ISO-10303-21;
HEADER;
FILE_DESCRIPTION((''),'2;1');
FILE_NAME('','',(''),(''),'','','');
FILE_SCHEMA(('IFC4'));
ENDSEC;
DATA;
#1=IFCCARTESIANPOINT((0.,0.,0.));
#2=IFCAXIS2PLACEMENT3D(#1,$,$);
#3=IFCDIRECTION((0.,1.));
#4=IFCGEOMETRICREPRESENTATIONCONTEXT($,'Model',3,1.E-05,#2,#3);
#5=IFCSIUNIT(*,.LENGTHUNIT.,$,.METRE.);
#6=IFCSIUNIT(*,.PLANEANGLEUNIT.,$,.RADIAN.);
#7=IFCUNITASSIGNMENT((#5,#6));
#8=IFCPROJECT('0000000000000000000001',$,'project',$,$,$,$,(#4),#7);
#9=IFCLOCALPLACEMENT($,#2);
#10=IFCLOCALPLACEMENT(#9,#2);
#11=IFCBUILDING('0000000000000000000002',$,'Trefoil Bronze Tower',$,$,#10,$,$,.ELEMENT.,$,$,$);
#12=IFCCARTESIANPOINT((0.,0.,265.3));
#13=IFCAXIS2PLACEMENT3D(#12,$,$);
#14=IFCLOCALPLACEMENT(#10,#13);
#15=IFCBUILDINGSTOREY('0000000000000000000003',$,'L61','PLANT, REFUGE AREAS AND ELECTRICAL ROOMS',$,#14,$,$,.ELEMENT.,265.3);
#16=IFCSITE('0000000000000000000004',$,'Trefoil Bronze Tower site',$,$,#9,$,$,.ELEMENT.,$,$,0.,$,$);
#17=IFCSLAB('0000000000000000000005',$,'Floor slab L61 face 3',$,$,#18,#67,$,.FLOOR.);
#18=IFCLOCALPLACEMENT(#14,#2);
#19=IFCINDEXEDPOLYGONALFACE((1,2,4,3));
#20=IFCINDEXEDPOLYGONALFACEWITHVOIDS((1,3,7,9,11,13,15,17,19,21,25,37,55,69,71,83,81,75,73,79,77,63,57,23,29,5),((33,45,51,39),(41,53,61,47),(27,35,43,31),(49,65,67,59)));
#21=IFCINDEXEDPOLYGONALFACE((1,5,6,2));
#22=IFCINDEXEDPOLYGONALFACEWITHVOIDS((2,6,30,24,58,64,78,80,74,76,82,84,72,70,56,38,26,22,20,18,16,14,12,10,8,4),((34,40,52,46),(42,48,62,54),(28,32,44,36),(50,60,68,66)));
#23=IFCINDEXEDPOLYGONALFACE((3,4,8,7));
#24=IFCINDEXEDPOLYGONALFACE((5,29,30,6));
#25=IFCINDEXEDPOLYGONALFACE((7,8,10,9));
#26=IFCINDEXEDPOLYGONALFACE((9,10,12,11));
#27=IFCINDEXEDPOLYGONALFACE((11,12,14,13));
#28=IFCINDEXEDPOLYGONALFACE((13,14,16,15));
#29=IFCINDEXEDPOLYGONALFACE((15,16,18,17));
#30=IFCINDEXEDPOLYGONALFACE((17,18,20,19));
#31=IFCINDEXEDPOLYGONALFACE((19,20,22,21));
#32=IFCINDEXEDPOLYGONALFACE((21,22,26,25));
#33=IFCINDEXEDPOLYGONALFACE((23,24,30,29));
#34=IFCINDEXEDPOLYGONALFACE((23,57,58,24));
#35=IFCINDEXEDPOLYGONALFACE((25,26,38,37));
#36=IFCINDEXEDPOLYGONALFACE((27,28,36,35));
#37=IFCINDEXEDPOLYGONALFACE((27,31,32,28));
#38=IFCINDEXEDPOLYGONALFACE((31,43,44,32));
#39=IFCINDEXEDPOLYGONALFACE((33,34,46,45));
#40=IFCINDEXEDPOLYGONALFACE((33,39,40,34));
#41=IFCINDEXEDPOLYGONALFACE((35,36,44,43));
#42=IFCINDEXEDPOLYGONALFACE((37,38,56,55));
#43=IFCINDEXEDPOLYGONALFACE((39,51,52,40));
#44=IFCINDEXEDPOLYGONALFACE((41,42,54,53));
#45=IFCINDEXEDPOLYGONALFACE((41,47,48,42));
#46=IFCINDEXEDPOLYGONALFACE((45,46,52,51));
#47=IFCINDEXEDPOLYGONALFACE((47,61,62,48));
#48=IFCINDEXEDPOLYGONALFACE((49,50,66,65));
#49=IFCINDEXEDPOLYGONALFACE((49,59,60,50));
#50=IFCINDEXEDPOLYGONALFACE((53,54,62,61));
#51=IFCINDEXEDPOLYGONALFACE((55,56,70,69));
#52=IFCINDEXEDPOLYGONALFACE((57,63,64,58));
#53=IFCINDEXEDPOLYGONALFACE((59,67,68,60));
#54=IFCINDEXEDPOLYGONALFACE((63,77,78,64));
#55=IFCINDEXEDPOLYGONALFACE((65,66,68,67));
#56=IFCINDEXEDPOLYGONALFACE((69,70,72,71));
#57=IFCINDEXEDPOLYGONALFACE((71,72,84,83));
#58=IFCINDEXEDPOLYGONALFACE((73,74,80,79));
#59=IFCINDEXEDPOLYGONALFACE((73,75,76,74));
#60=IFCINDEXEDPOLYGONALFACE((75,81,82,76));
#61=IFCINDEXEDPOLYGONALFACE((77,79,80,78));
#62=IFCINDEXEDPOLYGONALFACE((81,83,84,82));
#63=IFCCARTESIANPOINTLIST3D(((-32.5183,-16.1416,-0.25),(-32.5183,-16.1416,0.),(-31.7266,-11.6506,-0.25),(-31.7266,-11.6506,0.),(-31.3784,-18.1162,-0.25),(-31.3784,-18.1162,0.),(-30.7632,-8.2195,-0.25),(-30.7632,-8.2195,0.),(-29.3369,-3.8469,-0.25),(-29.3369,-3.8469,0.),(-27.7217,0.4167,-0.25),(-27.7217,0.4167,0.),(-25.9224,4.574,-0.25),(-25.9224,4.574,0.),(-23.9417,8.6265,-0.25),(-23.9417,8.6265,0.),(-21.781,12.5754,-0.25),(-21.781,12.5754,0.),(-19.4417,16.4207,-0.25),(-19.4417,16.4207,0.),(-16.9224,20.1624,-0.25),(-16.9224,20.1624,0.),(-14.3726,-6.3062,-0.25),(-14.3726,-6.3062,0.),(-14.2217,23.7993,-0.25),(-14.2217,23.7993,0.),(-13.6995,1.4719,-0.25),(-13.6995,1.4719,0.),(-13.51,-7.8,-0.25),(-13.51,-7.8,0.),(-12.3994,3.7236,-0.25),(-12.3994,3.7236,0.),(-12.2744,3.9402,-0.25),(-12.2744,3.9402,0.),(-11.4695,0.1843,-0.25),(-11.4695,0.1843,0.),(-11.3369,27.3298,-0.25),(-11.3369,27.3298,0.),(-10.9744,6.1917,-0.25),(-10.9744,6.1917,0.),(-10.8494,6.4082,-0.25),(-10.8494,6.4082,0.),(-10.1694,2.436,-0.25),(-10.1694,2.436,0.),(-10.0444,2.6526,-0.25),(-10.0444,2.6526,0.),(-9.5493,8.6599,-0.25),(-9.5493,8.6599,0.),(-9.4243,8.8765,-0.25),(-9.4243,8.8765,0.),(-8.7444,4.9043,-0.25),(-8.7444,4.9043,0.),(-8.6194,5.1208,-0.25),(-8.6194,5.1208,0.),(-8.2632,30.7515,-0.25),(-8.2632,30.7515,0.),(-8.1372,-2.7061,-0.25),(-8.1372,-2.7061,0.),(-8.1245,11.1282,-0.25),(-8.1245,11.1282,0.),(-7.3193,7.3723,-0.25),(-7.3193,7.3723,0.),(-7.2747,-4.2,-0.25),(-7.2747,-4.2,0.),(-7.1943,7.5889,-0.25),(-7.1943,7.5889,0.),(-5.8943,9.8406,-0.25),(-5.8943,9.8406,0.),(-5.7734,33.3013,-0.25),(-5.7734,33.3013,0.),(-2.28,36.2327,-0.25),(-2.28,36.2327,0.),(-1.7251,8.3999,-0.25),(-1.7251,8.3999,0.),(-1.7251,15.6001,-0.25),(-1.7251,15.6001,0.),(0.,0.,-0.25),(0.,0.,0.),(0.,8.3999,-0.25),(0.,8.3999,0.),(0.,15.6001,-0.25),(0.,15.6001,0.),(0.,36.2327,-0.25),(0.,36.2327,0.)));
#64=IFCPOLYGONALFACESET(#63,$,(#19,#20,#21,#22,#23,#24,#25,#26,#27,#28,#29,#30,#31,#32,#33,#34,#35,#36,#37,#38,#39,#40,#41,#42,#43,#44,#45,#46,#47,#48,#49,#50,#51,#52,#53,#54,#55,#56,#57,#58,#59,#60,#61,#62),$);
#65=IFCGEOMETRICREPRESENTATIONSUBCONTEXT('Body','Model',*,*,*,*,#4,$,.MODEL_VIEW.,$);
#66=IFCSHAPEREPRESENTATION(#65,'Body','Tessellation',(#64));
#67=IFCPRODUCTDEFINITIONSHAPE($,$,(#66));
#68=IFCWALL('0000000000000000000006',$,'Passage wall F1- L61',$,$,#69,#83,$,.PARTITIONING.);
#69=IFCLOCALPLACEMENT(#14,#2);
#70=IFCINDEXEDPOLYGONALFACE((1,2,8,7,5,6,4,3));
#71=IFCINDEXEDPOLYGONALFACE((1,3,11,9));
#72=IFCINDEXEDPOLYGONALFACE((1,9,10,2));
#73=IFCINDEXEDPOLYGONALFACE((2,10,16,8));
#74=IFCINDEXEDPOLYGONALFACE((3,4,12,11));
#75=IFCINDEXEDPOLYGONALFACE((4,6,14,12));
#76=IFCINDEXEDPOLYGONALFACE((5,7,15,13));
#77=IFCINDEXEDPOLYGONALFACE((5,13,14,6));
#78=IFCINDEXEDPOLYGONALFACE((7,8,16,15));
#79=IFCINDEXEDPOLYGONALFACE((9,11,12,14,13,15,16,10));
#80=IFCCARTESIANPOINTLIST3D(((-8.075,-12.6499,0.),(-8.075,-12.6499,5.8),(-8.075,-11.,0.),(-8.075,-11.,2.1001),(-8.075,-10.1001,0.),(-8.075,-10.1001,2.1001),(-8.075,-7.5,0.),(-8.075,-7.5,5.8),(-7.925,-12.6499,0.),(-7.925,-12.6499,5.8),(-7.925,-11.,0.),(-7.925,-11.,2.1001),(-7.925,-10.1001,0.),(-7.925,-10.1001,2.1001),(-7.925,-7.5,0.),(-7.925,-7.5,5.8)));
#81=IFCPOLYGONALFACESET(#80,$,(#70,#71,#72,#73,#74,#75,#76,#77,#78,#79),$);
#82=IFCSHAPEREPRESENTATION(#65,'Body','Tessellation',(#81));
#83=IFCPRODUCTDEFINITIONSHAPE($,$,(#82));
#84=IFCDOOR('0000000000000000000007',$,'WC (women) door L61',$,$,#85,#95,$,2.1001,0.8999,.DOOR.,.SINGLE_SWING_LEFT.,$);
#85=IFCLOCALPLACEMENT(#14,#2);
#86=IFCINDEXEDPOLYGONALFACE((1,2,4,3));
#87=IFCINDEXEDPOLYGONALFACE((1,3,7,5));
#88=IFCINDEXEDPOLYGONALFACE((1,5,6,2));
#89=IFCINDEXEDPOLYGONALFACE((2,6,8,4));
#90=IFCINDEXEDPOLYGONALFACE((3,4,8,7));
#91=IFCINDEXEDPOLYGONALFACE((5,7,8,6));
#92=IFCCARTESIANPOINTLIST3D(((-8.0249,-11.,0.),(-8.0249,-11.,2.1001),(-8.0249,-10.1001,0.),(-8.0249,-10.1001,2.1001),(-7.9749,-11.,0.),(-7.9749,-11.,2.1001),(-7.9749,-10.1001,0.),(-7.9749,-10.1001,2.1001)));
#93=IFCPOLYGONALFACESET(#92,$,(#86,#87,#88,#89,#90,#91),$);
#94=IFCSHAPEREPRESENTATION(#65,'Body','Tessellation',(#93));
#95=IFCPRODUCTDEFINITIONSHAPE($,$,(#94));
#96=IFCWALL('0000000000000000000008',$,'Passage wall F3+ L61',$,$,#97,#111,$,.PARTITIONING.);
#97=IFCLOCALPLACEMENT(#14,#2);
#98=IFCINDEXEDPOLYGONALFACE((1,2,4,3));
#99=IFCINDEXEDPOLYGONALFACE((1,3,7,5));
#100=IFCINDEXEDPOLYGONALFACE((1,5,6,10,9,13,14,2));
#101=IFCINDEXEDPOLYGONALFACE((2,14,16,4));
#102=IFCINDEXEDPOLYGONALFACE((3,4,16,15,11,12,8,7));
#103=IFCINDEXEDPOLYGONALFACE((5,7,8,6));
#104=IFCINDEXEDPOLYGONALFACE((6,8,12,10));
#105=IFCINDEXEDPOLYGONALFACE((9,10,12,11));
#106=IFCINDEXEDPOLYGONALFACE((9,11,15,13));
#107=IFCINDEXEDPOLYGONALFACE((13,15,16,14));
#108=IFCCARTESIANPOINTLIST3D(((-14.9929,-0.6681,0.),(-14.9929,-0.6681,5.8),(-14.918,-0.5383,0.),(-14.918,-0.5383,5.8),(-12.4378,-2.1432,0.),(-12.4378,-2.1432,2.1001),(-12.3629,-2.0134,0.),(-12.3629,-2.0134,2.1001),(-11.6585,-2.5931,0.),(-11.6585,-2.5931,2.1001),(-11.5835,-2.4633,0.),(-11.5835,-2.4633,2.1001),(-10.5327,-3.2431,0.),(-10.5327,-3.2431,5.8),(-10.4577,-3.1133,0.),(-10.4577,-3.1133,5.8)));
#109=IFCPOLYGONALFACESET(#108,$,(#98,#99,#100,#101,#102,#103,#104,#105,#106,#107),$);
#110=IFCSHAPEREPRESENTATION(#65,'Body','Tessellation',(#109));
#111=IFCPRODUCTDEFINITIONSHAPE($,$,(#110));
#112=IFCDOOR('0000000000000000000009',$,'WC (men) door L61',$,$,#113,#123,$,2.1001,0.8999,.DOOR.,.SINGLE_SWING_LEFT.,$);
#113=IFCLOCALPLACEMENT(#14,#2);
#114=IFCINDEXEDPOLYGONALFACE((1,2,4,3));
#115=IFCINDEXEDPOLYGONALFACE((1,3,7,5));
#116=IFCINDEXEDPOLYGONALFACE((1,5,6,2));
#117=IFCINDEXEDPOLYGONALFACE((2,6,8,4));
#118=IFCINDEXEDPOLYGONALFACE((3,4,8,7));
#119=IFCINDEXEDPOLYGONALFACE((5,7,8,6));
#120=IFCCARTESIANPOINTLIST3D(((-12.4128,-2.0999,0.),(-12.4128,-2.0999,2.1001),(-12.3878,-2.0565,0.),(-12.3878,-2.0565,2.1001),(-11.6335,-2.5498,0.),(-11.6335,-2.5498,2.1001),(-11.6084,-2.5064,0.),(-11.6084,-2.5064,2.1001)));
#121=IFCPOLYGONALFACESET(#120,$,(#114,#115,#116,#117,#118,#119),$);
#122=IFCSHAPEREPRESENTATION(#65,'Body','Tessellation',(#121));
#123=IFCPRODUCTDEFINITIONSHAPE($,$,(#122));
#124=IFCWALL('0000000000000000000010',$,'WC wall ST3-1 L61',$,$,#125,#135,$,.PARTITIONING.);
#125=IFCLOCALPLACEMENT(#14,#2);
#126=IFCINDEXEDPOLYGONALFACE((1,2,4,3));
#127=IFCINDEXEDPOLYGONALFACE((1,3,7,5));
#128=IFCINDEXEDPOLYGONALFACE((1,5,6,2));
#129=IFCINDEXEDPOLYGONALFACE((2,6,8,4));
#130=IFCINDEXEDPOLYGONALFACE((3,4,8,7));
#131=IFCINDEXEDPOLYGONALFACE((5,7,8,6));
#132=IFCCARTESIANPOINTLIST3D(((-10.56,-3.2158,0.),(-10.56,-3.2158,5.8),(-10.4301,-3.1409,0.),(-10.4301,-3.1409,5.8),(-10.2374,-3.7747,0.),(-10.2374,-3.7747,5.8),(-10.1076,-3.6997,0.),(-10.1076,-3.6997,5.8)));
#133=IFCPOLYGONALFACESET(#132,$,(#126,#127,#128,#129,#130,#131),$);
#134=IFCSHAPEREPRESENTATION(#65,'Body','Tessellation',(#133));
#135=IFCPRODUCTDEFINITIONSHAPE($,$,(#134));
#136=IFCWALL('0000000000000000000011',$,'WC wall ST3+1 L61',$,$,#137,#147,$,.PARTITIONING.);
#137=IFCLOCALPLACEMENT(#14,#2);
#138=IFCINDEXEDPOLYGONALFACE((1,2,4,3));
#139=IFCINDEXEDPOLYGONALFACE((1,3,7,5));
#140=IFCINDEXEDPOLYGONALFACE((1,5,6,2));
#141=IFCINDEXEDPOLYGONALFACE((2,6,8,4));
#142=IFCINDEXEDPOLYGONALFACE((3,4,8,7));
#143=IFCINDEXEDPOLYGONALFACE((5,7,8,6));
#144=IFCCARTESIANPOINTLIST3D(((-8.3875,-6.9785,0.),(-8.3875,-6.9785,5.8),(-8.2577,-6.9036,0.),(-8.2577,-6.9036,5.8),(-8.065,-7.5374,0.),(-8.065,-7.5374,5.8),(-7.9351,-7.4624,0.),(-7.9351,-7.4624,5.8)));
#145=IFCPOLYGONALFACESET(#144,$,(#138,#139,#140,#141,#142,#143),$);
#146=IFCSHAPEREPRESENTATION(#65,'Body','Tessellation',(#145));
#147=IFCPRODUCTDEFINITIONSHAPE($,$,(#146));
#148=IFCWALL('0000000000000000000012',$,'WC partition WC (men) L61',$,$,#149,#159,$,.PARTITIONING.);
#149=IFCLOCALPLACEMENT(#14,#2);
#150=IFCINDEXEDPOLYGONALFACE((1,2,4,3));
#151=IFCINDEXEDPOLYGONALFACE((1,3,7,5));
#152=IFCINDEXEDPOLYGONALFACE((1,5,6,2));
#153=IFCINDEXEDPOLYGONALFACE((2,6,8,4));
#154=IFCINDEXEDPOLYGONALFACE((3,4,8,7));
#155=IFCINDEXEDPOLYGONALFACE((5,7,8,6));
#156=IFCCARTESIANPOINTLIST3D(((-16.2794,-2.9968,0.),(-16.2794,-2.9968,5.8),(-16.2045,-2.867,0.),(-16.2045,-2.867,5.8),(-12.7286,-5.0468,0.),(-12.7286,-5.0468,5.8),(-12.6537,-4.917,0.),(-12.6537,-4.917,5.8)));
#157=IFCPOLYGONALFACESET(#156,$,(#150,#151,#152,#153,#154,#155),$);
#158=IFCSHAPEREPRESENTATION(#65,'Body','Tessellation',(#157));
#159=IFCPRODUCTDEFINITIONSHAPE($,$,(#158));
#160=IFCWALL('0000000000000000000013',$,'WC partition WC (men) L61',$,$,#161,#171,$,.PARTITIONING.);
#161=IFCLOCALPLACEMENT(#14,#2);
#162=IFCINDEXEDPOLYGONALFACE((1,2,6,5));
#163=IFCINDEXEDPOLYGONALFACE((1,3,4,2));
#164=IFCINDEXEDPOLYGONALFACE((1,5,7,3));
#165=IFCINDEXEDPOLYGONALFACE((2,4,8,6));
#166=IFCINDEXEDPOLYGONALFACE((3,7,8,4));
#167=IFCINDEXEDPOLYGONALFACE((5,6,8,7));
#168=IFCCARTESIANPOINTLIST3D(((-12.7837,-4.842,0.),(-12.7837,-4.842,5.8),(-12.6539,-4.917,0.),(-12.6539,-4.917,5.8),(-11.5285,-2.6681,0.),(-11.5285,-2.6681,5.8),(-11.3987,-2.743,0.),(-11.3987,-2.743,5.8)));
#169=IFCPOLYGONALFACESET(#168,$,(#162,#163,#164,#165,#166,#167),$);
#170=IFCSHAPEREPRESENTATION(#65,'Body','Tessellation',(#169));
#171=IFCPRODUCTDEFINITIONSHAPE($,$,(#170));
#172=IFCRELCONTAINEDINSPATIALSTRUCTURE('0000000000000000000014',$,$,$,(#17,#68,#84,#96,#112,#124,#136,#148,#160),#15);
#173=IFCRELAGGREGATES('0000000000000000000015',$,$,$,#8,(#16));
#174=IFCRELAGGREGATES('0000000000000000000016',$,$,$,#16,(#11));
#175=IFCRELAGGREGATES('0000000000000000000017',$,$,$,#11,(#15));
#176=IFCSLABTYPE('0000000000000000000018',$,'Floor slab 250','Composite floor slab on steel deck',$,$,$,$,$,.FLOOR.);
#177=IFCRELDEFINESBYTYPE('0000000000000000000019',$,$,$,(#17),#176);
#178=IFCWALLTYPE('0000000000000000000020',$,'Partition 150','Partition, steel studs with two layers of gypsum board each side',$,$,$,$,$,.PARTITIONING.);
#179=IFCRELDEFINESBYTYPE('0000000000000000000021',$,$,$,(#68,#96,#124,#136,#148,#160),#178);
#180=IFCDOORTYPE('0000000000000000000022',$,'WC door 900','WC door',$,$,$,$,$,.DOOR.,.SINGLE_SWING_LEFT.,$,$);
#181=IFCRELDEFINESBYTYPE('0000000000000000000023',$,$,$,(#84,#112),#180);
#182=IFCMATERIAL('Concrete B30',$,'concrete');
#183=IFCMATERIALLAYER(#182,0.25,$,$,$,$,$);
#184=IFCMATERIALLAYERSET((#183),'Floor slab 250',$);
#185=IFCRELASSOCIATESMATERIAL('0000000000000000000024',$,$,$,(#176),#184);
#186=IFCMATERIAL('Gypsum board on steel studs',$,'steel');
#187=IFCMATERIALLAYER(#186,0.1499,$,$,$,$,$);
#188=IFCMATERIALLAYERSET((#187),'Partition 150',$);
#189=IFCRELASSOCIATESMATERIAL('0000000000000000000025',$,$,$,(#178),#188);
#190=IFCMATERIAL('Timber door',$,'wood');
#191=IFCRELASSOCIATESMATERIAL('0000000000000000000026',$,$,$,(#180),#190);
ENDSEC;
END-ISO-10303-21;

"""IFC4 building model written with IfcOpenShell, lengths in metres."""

from ifc_helpers import new_model, si_unit, direction, frame, frame_2d, origin, place, context, subcontext, project, spatial, polyline, rectangle, outline, extrude, material, layer, layer_set, type_object, element, fill, save


model = new_model("IFC4")

# Units and contexts
model_context = context("Model", 3, precision=1e-05, world=origin(), true_north=direction((0.0, 1.0)))
body_context = subcontext(model_context, "Body", "Model", "MODEL_VIEW")
ifc_project = project(units=[si_unit("LENGTHUNIT", "METRE"), si_unit("PLANEANGLEUNIT", "RADIAN")], contexts=[model_context])

# Site, building, storey
site_placement = place(None, origin())
site = spatial("IfcSite", under=ifc_project, at=site_placement, Name="Trefoil Bronze Tower site", CompositionType="ELEMENT", RefElevation=0.0)
building_placement = place(site_placement, origin())
building = spatial("IfcBuilding", under=site, at=building_placement, Name="Trefoil Bronze Tower", CompositionType="ELEMENT")
storey_placement = place(building_placement, frame((0.0, 0.0, 265.3)))
storey = spatial("IfcBuildingStorey", under=building, at=storey_placement, Name="L61", Description="PLANT, REFUGE AREAS AND ELECTRICAL ROOMS", CompositionType="ELEMENT", Elevation=265.3)

# Slab
ifc_material_1 = material(Name="Concrete B30", Category="concrete")
ifc_layer_1 = layer(ifc_material_1, 0.25)
ifc_layer_set_1 = layer_set([ifc_layer_1], Name="Floor slab 250")
slab_type = type_object("IfcSlabType", Name="Floor slab 250", Description="Composite floor slab on steel deck", PredefinedType="FLOOR", material=ifc_layer_set_1)
slab_1_placement = place(storey_placement, frame((0.0, 0.0, -0.25)))
element("IfcSlab", 1, at=slab_1_placement, inside=storey, type_object=slab_type, Name="Floor slab L61 face 3", PredefinedType="FLOOR", context=body_context, shape_type="SweptSolid", body=[
    extrude(outline(polyline([(-29.3369, -3.8469), (-27.7217, 0.4167), (-25.9224, 4.574), (-23.9417, 8.6265), (-21.781, 12.5754), (-19.4417, 16.4207), (-16.9224, 20.1624), (-14.2217, 23.7993), (-11.3369, 27.3298), (-8.2632, 30.7515), (-5.7734, 33.3013), (-2.28, 36.2327), (0.0, 36.2327), (0.0, 15.6001), (-1.7251, 15.6001), (-1.7251, 8.3999), (0.0, 8.3999), (0.0, 0.0), (-7.2747, -4.2), (-8.1372, -2.7061), (-14.3726, -6.3062), (-13.51, -7.8), (-31.3784, -18.1162), (-32.5183, -16.1416), (-31.7266, -11.6506), (-30.7632, -8.2195), (-29.3369, -3.8469)]), holes=[polyline([(-5.8943, 9.8406), (-7.1943, 7.5889), (-9.4243, 8.8765), (-8.1245, 11.1282), (-5.8943, 9.8406)]), polyline([(-7.3193, 7.3723), (-8.6194, 5.1208), (-10.8494, 6.4082), (-9.5493, 8.6599), (-7.3193, 7.3723)]), polyline([(-8.7444, 4.9043), (-10.0444, 2.6526), (-12.2744, 3.9402), (-10.9744, 6.1917), (-8.7444, 4.9043)]), polyline([(-10.1694, 2.436), (-11.4695, 0.1843), (-13.6995, 1.4719), (-12.3994, 3.7236), (-10.1694, 2.436)])]), origin(), (0.0, 0.0, 1.0), 0.25),
])

# Walls, openings, doors
ifc_material_2 = material(Name="Gypsum board on steel studs", Category="steel")
ifc_layer_2 = layer(ifc_material_2, 0.1499)
ifc_layer_set_2 = layer_set([ifc_layer_2], Name="Partition 150")
wall_type_1 = type_object("IfcWallType", Name="Partition 150", Description="Partition, steel studs with two layers of gypsum board each side", PredefinedType="PARTITIONING", material=ifc_layer_set_2)
wall_1_placement = place(storey_placement, frame((-8.0, -7.5, 0.0), z_axis=(0.0, 0.0, 1.0), x_axis=(0.0, -1.0, 0.0)))
wall_1 = element("IfcWall", 2, at=wall_1_placement, inside=storey, type_object=wall_type_1, Name="Passage wall F1- L61", PredefinedType="PARTITIONING", context=body_context, shape_type="SweptSolid", body=[
    extrude(rectangle(XDim=5.1499, YDim=0.1499, at=frame_2d((2.575, 0.0))), origin(), (0.0, 0.0, 1.0), 5.8),
])
opening_1_placement = place(wall_1_placement, frame((2.6001, 0.0, 0.0)))
opening_1 = element("IfcOpeningElement", 3, at=opening_1_placement, cuts=wall_1, PredefinedType="OPENING", context=body_context, shape_type="SweptSolid", body=[
    extrude(rectangle(XDim=0.8999, YDim=2.1001, at=frame_2d((0.45, 1.05))), frame((0.0, 0.085, 0.0), z_axis=(0.0, -1.0, 0.0), x_axis=(1.0, 0.0, 0.0)), (0.0, 0.0, 1.0), 0.1699),
])
ifc_material_3 = material(Name="Timber door", Category="wood")
door_type_1 = type_object("IfcDoorType", Name="WC door 900", Description="WC door", OperationType="SINGLE_SWING_LEFT", PredefinedType="DOOR", material=ifc_material_3)
door_1_placement = place(opening_1_placement, frame((0.8999, 0.0, 0.0), z_axis=(0.0, 0.0, 1.0), x_axis=(-1.0, 0.0, 0.0)))
door_1 = element("IfcDoor", 4, at=door_1_placement, inside=storey, type_object=door_type_1, Name="WC (women) door L61", OperationType="SINGLE_SWING_LEFT", OverallHeight=2.1001, OverallWidth=0.8999, PredefinedType="DOOR", context=body_context, shape_type="SweptSolid", body=[
    extrude(rectangle(XDim=0.8999, YDim=2.1001, at=frame_2d((0.45, 1.05))), frame((0.0, 0.0249, 0.0), z_axis=(0.0, -1.0, 0.0), x_axis=(1.0, 0.0, 0.0)), (0.0, 0.0, 1.0), 0.05),
])
fill(opening_1, door_1)
wall_2_placement = place(storey_placement, frame((-10.4951, -3.1782, 0.0), z_axis=(0.0, 0.0, 1.0), x_axis=(-0.866038, 0.499978, 0.0)))
wall_2 = element("IfcWall", 5, at=wall_2_placement, inside=storey, type_object=wall_type_1, Name="Passage wall F3+ L61", PredefinedType="PARTITIONING", context=body_context, shape_type="SweptSolid", body=[
    extrude(rectangle(XDim=5.1501, YDim=0.1499, at=frame_2d((2.5752, 0.0))), origin(), (0.0, 0.0, 1.0), 5.8),
])
opening_2_placement = place(wall_2_placement, frame((1.3, 0.0, 0.0)))
opening_2 = element("IfcOpeningElement", 6, at=opening_2_placement, cuts=wall_2, PredefinedType="OPENING", context=body_context, shape_type="SweptSolid", body=[
    extrude(rectangle(XDim=0.8999, YDim=2.1001, at=frame_2d((0.45, 1.05))), frame((0.0, 0.085, 0.0), z_axis=(0.0, -1.0, 0.0), x_axis=(1.0, 0.0, 0.0)), (0.0, 0.0, 1.0), 0.1699),
])
door_2_placement = place(opening_2_placement, origin())
door_2 = element("IfcDoor", 7, at=door_2_placement, inside=storey, type_object=door_type_1, Name="WC (men) door L61", OperationType="SINGLE_SWING_LEFT", OverallHeight=2.1001, OverallWidth=0.8999, PredefinedType="DOOR", context=body_context, shape_type="SweptSolid", body=[
    extrude(rectangle(XDim=0.8999, YDim=2.1001, at=frame_2d((0.45, 1.05))), frame((0.0, 0.0249, 0.0), z_axis=(0.0, -1.0, 0.0), x_axis=(1.0, 0.0, 0.0)), (0.0, 0.0, 1.0), 0.05),
])
fill(opening_2, door_2)

# Walls
for number, where, z_axis, x_axis, name in (
    (8, (-10.4951, -3.1782, 0.0), (0.0, 0.0, 1.0), (0.499843, -0.866116, 0.0), "WC wall ST3-1 L61"),
    (9, (-8.0, -7.5, 0.0), (0.0, 0.0, 1.0), (-0.499843, 0.866116, 0.0), "WC wall ST3+1 L61"),
):
    element("IfcWall", number, at=place(storey_placement, frame(where, z_axis=z_axis, x_axis=x_axis)), inside=storey, type_object=wall_type_1, Name=name, PredefinedType="PARTITIONING", context=body_context, shape_type="SweptSolid", body=[
        extrude(rectangle(XDim=0.6453, YDim=0.1499, at=frame_2d((0.3228, 0.0))), origin(), (0.0, 0.0, 1.0), 5.8),
    ])
wall_3_placement = place(storey_placement, frame((-12.6912, -4.9819, 0.0), z_axis=(0.0, 0.0, 1.0), x_axis=(-0.866025, 0.500001, 0.0)))
element("IfcWall", 10, at=wall_3_placement, inside=storey, type_object=wall_type_1, Name="WC partition WC (men) L61", PredefinedType="PARTITIONING", context=body_context, shape_type="SweptSolid", body=[
    extrude(rectangle(XDim=4.1001, YDim=0.1499, at=frame_2d((2.05, 0.0))), origin(), (0.0, 0.0, 1.0), 5.8),
])
wall_4_placement = place(storey_placement, frame((-11.4636, -2.7056, 0.0), z_axis=(0.0, 0.0, 1.0), x_axis=(-0.50002, -0.866014, 0.0)))
element("IfcWall", 11, at=wall_4_placement, inside=storey, type_object=wall_type_1, Name="WC partition WC (men) L61", PredefinedType="PARTITIONING", context=body_context, shape_type="SweptSolid", body=[
    extrude(rectangle(XDim=2.5103, YDim=0.1499, at=frame_2d((1.2551, 0.0))), origin(), (0.0, 0.0, 1.0), 5.8),
])

save(model, "model.ifc")
